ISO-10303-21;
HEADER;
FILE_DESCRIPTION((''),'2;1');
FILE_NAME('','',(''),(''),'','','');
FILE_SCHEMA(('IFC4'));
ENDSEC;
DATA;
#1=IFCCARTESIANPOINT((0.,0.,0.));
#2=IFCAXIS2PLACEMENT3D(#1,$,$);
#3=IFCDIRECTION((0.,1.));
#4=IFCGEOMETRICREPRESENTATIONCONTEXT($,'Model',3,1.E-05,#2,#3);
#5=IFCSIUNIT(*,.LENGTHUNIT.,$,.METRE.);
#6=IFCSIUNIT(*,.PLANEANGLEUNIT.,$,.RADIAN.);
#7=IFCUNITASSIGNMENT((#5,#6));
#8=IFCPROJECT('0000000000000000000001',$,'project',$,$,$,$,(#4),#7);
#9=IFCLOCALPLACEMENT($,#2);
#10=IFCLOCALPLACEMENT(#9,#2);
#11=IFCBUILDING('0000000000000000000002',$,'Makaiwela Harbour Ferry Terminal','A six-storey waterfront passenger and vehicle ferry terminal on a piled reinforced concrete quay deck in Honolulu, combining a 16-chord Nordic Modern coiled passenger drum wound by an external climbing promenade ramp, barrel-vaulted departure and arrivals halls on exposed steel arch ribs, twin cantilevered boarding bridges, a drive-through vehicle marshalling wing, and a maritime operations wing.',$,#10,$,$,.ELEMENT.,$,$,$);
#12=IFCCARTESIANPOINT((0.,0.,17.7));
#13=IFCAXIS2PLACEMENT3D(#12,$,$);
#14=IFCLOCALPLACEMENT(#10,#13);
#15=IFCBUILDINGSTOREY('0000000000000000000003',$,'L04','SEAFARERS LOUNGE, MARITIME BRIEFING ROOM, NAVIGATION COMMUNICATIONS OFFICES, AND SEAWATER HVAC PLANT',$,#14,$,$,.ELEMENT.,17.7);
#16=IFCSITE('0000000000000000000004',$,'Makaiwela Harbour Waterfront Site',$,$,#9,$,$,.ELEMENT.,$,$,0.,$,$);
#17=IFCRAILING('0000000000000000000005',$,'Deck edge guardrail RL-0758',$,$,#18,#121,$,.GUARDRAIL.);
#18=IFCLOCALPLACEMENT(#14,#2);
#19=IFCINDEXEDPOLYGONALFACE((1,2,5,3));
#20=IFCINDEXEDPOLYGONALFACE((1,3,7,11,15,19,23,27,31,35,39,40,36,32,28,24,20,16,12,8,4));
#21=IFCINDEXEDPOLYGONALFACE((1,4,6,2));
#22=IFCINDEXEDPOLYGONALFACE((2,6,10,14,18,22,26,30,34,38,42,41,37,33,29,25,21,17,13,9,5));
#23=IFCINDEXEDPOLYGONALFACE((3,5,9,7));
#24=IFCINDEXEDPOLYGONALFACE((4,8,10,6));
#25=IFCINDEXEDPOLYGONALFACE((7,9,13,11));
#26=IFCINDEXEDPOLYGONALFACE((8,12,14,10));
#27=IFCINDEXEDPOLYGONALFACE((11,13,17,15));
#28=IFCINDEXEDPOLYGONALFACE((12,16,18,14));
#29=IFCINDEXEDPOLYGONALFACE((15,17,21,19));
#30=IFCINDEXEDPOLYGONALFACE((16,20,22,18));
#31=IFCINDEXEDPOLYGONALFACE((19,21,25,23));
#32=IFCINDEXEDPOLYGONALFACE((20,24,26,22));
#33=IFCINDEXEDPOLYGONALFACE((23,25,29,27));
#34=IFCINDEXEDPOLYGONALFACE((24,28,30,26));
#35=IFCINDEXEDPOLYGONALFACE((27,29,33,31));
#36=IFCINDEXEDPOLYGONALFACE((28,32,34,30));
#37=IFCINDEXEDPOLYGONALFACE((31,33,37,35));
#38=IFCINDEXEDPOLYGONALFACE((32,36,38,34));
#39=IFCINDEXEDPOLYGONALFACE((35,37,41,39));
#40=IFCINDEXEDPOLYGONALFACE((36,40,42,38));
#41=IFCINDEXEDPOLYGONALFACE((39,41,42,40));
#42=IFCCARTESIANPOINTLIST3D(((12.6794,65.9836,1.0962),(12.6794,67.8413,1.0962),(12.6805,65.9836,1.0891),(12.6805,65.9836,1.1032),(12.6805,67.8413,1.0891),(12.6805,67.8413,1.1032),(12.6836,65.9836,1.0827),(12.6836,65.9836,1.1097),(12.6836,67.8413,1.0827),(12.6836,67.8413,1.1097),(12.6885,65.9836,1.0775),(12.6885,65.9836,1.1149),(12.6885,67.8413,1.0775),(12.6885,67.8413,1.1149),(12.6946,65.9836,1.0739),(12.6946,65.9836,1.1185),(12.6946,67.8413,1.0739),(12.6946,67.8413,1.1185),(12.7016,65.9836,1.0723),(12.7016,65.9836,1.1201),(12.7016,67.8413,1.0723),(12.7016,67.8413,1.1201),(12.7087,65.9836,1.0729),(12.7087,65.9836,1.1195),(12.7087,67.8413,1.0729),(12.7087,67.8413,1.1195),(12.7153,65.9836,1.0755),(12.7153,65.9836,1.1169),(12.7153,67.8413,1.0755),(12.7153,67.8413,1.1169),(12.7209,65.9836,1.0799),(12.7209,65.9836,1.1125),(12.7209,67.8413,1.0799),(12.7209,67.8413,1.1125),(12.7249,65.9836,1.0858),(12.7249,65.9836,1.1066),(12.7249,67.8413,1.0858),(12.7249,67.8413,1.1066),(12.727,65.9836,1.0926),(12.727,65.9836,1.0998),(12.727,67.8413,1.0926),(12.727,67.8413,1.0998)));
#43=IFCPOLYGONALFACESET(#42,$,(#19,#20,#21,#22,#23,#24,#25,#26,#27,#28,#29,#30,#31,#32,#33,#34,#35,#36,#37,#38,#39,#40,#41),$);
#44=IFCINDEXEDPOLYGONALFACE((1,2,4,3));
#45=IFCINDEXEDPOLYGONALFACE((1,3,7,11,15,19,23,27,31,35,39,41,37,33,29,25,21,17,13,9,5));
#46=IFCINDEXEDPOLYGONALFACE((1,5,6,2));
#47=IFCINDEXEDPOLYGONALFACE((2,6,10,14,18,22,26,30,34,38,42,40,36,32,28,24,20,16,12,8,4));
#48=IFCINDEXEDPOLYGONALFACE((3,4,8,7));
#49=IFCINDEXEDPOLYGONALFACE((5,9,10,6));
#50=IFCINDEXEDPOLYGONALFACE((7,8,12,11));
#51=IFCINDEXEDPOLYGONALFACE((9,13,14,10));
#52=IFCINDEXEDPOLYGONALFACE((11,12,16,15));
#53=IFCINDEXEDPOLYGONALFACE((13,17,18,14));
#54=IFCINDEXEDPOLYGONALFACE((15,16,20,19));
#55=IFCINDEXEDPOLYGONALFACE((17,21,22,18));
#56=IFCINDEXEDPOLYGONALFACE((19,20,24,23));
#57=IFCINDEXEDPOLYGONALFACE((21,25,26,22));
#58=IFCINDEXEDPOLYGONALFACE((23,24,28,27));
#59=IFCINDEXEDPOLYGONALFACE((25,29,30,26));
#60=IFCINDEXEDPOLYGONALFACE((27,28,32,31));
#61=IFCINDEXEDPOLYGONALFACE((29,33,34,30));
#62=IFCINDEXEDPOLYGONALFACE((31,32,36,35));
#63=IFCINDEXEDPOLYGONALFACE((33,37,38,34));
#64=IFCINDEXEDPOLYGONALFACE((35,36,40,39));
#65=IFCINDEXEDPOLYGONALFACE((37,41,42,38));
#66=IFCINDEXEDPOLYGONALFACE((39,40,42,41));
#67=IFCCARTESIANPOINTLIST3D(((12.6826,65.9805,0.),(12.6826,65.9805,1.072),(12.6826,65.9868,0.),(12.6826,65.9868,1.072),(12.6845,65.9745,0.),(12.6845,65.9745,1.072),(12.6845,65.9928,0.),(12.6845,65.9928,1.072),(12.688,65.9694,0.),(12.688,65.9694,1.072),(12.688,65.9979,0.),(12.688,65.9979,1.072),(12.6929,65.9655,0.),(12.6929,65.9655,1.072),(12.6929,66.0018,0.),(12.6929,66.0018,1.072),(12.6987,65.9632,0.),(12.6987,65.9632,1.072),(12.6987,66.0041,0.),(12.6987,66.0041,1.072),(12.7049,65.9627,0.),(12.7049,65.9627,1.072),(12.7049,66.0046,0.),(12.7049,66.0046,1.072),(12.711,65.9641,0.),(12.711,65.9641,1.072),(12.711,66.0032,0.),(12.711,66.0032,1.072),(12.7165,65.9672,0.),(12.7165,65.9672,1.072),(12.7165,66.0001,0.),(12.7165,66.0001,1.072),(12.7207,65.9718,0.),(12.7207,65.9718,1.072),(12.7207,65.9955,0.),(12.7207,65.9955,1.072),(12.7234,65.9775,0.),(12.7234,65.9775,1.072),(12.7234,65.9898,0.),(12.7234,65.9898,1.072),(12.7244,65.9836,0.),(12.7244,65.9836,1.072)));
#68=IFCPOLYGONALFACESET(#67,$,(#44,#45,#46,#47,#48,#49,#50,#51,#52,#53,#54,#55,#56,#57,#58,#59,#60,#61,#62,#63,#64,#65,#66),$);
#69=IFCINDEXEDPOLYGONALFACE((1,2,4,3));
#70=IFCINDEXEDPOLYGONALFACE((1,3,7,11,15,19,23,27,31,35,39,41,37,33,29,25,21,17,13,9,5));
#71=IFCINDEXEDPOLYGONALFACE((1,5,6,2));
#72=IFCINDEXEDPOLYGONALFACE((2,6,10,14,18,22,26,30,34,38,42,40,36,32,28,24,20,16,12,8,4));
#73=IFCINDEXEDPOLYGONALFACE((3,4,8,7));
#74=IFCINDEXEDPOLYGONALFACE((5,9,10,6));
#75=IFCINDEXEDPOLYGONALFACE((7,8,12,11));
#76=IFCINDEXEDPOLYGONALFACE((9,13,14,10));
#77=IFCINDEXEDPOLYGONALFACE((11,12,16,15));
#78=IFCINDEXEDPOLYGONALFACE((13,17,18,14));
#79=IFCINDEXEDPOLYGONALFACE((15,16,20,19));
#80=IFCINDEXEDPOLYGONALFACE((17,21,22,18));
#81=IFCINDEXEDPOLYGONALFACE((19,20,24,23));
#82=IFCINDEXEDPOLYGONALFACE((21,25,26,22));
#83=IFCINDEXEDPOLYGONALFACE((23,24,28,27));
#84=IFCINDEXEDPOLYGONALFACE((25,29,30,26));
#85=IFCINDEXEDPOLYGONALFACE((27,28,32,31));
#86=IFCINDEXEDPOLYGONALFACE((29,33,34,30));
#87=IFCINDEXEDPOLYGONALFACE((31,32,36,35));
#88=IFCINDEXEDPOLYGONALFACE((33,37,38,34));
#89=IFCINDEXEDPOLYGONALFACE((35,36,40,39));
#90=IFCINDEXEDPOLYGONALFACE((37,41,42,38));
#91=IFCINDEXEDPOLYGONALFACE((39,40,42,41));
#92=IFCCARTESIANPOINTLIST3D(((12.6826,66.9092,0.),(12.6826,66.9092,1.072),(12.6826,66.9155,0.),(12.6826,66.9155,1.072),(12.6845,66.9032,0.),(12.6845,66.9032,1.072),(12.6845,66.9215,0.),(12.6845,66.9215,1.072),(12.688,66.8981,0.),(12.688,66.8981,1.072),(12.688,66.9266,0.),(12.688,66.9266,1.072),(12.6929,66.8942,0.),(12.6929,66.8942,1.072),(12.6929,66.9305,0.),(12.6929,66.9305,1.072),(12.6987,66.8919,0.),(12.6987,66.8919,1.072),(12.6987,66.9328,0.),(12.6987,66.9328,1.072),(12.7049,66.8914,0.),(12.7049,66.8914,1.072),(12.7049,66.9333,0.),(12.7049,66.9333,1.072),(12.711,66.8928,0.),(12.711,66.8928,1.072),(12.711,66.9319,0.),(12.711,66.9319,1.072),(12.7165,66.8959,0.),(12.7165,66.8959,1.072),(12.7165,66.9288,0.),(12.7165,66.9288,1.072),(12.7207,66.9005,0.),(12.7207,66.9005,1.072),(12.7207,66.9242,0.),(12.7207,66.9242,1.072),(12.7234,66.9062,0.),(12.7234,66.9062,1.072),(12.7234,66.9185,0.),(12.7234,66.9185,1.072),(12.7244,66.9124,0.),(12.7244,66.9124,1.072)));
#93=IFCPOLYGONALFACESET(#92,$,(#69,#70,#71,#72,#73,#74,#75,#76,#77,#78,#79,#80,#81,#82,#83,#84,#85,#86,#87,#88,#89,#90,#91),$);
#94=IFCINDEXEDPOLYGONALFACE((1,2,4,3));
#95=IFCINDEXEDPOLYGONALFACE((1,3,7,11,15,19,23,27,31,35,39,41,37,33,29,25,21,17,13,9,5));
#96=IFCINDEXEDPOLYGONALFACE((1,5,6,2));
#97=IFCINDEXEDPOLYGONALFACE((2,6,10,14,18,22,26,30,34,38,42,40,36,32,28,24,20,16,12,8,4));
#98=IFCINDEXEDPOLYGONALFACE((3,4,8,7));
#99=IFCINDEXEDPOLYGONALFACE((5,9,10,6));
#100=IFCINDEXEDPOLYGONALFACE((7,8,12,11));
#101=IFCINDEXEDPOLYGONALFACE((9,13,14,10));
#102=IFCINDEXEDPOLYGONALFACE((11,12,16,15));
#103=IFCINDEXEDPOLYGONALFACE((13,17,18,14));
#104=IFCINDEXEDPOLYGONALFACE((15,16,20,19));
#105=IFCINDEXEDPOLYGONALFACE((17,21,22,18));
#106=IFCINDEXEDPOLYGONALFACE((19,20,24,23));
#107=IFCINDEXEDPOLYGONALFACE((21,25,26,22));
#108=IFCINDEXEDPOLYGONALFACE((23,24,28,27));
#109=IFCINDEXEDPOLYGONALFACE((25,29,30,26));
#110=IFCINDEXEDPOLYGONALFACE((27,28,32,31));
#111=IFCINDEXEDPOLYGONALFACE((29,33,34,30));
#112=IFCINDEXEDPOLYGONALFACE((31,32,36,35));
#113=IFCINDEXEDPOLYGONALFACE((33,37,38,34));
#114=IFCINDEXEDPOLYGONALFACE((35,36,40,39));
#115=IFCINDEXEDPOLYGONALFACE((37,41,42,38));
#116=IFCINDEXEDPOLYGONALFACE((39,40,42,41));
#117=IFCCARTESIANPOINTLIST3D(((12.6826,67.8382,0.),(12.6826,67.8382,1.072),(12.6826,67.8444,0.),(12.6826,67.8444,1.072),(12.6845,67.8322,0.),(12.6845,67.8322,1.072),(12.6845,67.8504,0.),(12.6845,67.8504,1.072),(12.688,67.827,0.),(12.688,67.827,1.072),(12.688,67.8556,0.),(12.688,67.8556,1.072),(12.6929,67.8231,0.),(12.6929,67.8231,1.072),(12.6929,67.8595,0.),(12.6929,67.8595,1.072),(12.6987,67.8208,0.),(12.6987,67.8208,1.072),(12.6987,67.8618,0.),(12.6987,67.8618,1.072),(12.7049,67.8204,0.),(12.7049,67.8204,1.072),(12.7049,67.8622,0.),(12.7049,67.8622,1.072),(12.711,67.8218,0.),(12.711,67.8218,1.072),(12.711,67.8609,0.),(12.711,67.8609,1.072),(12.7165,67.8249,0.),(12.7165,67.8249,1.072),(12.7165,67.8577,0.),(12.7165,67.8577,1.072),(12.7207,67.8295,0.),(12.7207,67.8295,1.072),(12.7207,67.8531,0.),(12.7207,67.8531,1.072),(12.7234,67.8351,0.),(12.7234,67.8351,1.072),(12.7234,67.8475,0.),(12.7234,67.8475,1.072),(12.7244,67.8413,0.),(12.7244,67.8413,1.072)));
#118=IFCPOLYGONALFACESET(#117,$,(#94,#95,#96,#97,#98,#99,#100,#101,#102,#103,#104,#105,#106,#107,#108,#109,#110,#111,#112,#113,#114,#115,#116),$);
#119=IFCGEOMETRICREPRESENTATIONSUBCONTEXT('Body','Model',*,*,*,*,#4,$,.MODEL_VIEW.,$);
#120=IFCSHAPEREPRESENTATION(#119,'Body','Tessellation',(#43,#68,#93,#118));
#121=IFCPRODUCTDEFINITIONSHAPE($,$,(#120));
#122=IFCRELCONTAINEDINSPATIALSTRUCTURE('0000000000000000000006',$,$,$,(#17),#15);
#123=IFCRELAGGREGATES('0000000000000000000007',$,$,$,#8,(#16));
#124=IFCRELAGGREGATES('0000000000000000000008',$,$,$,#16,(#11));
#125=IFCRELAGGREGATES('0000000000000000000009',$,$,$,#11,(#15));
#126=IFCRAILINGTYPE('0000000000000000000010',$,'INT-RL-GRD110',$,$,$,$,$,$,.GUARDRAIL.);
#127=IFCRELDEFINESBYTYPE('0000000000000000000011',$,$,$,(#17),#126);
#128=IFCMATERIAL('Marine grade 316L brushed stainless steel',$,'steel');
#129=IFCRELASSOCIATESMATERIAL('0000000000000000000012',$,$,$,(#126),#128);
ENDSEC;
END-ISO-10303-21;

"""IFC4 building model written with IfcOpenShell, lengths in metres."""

from ifc_helpers import new_model, si_unit, direction, frame, origin, origin_2d, place, context, subcontext, project, spatial, circle, extrude, material, type_object, element, save


model = new_model("IFC4")

# Units and contexts
model_context = context("Model", 3, precision=1e-05, world=origin(), true_north=direction((0.0, 1.0)))
body_context = subcontext(model_context, "Body", "Model", "MODEL_VIEW")
ifc_project = project(units=[si_unit("LENGTHUNIT", "METRE"), si_unit("PLANEANGLEUNIT", "RADIAN")], contexts=[model_context])

# Site, building, storey
site_placement = place(None, origin())
site = spatial("IfcSite", under=ifc_project, at=site_placement, Name="Makaiwela Harbour Waterfront Site", CompositionType="ELEMENT", RefElevation=0.0)
building_placement = place(site_placement, origin())
building = spatial("IfcBuilding", under=site, at=building_placement, Name="Makaiwela Harbour Ferry Terminal", Description="A six-storey waterfront passenger and vehicle ferry terminal on a piled reinforced concrete quay deck in Honolulu, combining a 16-chord Nordic Modern coiled passenger drum wound by an external climbing promenade ramp, barrel-vaulted departure and arrivals halls on exposed steel arch ribs, twin cantilevered boarding bridges, a drive-through vehicle marshalling wing, and a maritime operations wing.", CompositionType="ELEMENT")
storey_placement = place(building_placement, frame((0.0, 0.0, 17.7)))
storey = spatial("IfcBuildingStorey", under=building, at=storey_placement, Name="L04", Description="SEAFARERS LOUNGE, MARITIME BRIEFING ROOM, NAVIGATION COMMUNICATIONS OFFICES, AND SEAWATER HVAC PLANT", CompositionType="ELEMENT", Elevation=17.7)

# Railing
ifc_material_1 = material(Name="Marine grade 316L brushed stainless steel", Category="steel")
railing_type = type_object("IfcRailingType", Name="INT-RL-GRD110", PredefinedType="GUARDRAIL", material=ifc_material_1)
railing_1_placement = place(storey_placement, frame((12.7034, 65.9836, 0.0)))
element("IfcRailing", 1, at=railing_1_placement, inside=storey, type_object=railing_type, Name="Deck edge guardrail RL-0758", PredefinedType="GUARDRAIL", context=body_context, shape_type="SweptSolid", body=[
    extrude(circle(Radius=0.0239, at=origin_2d()), frame((0.0, 0.0, 1.0962), z_axis=(0.0, 1.0, 0.0), x_axis=(-1.0, 0.0, 0.0)), (0.0, 0.0, 1.0), 1.8577),
    extrude(circle(Radius=0.021, at=origin_2d()), origin(), (0.0, 0.0, 1.0), 1.072),
    extrude(circle(Radius=0.021, at=origin_2d()), frame((0.0, 0.9287, 0.0)), (0.0, 0.0, 1.0), 1.072),
    extrude(circle(Radius=0.021, at=origin_2d()), frame((0.0, 1.8577, 0.0)), (0.0, 0.0, 1.0), 1.072),
])

save(model, "model.ifc")
